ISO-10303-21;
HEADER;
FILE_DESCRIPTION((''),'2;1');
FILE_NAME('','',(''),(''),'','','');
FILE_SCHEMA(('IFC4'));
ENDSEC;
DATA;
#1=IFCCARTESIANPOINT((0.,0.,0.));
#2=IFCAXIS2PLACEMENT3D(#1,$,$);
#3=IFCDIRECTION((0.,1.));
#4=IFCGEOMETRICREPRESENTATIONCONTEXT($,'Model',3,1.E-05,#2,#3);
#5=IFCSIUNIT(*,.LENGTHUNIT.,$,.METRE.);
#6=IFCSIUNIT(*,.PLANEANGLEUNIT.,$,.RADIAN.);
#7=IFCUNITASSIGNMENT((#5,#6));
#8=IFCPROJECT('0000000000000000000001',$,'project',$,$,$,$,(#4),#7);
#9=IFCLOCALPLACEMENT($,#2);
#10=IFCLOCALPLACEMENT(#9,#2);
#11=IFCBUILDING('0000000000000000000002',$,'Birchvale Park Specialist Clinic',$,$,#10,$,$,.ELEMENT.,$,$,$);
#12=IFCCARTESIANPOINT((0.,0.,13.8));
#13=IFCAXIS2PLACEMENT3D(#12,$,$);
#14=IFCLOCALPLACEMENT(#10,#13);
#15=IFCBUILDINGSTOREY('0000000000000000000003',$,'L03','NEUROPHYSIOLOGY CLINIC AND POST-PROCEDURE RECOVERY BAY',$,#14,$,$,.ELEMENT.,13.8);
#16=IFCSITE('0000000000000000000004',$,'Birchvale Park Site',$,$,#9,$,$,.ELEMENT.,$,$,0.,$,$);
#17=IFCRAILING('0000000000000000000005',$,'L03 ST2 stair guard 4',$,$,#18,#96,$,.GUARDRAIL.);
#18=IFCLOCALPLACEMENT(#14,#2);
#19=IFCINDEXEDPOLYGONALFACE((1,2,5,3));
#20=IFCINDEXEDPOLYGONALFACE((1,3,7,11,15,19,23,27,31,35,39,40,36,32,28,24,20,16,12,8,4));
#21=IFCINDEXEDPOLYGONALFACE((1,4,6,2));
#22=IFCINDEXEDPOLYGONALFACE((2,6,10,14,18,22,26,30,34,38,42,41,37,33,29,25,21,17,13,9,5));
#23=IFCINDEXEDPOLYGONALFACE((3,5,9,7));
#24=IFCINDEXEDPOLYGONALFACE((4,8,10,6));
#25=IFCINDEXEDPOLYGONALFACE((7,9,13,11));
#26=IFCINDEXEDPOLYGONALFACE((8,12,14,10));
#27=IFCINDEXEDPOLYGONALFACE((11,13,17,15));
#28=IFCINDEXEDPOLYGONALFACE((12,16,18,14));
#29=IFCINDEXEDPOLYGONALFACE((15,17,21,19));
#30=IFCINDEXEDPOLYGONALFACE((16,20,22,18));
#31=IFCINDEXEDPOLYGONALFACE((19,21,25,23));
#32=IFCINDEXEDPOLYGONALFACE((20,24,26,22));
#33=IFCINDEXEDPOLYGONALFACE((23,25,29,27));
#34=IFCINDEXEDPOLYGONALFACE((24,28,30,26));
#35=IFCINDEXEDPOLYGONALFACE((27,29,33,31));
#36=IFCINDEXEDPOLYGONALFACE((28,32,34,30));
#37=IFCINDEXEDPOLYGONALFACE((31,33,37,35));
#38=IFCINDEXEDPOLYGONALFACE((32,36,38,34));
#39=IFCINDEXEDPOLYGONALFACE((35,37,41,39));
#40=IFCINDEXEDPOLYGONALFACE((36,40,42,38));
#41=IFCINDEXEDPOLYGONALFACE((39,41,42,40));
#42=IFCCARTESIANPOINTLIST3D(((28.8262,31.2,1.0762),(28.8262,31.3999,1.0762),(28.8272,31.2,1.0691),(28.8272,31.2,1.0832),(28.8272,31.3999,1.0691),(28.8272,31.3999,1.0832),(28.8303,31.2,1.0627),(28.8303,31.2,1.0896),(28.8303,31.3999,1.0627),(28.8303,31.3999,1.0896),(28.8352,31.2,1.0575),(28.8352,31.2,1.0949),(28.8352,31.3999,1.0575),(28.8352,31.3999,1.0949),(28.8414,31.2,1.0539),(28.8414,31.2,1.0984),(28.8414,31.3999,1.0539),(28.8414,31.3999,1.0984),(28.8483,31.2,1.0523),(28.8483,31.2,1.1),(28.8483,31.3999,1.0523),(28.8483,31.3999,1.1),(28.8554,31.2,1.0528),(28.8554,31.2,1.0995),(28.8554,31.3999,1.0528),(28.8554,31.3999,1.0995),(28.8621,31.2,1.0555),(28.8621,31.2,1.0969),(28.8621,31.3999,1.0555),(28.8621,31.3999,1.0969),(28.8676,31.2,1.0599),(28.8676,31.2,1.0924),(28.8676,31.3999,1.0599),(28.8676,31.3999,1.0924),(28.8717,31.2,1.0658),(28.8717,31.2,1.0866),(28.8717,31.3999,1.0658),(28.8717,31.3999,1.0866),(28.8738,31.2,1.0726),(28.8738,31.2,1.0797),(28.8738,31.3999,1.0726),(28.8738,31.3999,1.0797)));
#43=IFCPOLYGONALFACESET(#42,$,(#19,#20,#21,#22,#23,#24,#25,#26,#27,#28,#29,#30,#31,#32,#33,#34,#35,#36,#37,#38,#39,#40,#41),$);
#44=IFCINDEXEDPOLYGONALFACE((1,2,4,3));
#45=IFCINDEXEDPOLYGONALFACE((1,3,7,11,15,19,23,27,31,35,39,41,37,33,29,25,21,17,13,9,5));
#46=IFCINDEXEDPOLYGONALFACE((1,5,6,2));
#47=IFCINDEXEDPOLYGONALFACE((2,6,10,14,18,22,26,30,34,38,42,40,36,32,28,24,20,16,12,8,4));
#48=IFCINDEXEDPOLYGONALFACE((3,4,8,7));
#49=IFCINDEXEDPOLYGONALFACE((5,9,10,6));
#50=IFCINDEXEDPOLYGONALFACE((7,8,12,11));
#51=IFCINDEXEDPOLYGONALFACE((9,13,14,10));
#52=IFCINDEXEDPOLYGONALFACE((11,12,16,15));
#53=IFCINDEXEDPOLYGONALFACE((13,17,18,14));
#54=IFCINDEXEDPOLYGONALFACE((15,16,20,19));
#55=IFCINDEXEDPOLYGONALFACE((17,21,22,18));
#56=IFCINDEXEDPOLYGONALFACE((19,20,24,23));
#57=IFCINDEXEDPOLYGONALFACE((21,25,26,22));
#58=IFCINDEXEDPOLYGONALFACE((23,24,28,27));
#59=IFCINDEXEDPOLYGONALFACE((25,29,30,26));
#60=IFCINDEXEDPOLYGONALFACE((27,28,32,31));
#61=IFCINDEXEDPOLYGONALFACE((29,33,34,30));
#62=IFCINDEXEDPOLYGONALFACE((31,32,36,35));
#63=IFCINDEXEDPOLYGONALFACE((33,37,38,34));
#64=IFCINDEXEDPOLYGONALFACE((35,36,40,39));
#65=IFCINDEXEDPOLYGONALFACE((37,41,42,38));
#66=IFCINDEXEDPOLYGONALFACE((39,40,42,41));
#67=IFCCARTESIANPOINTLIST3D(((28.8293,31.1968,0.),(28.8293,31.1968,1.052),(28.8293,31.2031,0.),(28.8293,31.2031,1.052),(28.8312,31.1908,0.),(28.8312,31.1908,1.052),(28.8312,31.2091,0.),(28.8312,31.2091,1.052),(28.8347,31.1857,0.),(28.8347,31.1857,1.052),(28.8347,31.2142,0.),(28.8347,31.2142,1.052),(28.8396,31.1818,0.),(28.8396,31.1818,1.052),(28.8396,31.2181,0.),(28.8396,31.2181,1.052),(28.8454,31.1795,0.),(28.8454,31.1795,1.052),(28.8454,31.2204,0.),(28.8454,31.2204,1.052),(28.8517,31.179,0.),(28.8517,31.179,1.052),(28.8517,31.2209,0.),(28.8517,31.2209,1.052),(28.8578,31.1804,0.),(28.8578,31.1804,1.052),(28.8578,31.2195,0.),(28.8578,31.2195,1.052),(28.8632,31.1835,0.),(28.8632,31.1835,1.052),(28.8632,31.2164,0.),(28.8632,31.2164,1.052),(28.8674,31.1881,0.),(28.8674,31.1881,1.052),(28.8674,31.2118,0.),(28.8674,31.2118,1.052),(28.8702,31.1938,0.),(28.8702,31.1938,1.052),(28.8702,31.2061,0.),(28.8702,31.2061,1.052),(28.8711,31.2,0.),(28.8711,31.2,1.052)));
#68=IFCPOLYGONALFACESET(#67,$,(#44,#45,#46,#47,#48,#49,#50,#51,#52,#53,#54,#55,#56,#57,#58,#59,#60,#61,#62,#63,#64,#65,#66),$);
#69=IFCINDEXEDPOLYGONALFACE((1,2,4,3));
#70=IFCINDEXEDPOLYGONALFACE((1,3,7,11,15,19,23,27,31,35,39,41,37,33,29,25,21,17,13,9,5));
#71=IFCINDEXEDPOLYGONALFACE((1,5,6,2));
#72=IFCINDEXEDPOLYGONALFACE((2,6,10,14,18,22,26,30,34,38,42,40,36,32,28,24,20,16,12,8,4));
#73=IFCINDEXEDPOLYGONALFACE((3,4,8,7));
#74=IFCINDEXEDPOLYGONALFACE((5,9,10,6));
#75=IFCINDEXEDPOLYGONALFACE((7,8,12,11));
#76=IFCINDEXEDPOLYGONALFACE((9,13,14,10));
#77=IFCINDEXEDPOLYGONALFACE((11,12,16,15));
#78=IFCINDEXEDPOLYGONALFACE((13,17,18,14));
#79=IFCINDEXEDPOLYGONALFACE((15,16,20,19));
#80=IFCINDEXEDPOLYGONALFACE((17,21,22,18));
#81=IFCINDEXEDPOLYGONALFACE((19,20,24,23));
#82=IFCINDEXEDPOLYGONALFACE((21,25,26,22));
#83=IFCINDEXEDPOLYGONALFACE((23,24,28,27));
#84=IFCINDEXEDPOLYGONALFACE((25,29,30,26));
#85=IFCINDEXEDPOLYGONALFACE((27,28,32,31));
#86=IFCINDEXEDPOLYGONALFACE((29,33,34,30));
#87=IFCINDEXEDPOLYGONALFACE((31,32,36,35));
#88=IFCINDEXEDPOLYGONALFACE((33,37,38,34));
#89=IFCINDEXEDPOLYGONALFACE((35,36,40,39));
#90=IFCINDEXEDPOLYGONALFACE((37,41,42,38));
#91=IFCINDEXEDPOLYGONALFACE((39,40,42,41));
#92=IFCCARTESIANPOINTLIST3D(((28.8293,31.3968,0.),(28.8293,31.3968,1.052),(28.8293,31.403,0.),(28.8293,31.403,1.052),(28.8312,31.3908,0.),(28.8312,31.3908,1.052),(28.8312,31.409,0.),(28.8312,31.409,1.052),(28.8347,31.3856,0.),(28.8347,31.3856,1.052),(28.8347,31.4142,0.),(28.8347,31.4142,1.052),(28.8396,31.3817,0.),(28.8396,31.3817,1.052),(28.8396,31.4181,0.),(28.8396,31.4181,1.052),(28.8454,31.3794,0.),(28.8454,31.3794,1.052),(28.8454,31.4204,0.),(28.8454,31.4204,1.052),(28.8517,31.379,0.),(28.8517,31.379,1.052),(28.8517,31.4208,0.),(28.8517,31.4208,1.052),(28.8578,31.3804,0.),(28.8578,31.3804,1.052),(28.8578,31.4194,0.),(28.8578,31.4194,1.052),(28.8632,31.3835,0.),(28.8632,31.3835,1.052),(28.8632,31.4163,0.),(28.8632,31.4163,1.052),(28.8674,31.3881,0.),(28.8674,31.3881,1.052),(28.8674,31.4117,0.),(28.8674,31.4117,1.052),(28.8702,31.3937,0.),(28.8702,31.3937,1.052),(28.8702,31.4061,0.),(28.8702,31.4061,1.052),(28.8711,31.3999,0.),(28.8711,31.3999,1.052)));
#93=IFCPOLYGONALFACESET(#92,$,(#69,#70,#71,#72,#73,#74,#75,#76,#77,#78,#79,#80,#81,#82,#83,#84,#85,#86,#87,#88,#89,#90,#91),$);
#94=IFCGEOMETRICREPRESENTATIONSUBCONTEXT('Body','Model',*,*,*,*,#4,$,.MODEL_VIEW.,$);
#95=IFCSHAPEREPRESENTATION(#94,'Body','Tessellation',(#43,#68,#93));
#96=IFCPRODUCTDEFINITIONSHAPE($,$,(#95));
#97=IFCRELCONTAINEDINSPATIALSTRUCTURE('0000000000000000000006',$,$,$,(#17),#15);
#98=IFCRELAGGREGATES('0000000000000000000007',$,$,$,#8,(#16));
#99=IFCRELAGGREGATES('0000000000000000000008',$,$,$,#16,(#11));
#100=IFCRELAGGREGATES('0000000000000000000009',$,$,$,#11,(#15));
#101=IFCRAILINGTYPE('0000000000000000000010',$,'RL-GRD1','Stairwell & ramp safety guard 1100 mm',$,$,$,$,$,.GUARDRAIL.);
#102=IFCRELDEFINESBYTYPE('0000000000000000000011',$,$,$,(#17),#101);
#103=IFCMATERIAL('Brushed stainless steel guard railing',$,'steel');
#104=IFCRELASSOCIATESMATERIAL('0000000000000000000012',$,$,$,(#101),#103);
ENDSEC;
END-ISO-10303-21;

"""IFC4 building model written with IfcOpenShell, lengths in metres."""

from ifc_helpers import new_model, si_unit, direction, frame, origin, origin_2d, place, context, subcontext, project, spatial, circle, extrude, material, type_object, element, save


model = new_model("IFC4")

# Units and contexts
model_context = context("Model", 3, precision=1e-05, world=origin(), true_north=direction((0.0, 1.0)))
body_context = subcontext(model_context, "Body", "Model", "MODEL_VIEW")
ifc_project = project(units=[si_unit("LENGTHUNIT", "METRE"), si_unit("PLANEANGLEUNIT", "RADIAN")], contexts=[model_context])

# Site, building, storey
site_placement = place(None, origin())
site = spatial("IfcSite", under=ifc_project, at=site_placement, Name="Birchvale Park Site", CompositionType="ELEMENT", RefElevation=0.0)
building_placement = place(site_placement, origin())
building = spatial("IfcBuilding", under=site, at=building_placement, Name="Birchvale Park Specialist Clinic", CompositionType="ELEMENT")
storey_placement = place(building_placement, frame((0.0, 0.0, 13.8)))
storey = spatial("IfcBuildingStorey", under=building, at=storey_placement, Name="L03", Description="NEUROPHYSIOLOGY CLINIC AND POST-PROCEDURE RECOVERY BAY", CompositionType="ELEMENT", Elevation=13.8)

# Railing
ifc_material_1 = material(Name="Brushed stainless steel guard railing", Category="steel")
railing_type_1 = type_object("IfcRailingType", Name="RL-GRD1", Description="Stairwell & ramp safety guard 1100 mm", PredefinedType="GUARDRAIL", material=ifc_material_1)
railing_1_placement = place(storey_placement, frame((28.8501, 31.2, 0.0)))
element("IfcRailing", 1, at=railing_1_placement, inside=storey, type_object=railing_type_1, Name="L03 ST2 stair guard 4", PredefinedType="GUARDRAIL", context=body_context, shape_type="SweptSolid", body=[
    extrude(circle(Radius=0.0239, at=origin_2d()), frame((0.0, 0.0, 1.0762), z_axis=(0.0, 1.0, 0.0), x_axis=(-1.0, 0.0, 0.0)), (0.0, 0.0, 1.0), 0.2),
    extrude(circle(Radius=0.021, at=origin_2d()), origin(), (0.0, 0.0, 1.0), 1.052),
    extrude(circle(Radius=0.021, at=origin_2d()), frame((0.0, 0.2, 0.0)), (0.0, 0.0, 1.0), 1.052),
])

save(model, "model.ifc")
